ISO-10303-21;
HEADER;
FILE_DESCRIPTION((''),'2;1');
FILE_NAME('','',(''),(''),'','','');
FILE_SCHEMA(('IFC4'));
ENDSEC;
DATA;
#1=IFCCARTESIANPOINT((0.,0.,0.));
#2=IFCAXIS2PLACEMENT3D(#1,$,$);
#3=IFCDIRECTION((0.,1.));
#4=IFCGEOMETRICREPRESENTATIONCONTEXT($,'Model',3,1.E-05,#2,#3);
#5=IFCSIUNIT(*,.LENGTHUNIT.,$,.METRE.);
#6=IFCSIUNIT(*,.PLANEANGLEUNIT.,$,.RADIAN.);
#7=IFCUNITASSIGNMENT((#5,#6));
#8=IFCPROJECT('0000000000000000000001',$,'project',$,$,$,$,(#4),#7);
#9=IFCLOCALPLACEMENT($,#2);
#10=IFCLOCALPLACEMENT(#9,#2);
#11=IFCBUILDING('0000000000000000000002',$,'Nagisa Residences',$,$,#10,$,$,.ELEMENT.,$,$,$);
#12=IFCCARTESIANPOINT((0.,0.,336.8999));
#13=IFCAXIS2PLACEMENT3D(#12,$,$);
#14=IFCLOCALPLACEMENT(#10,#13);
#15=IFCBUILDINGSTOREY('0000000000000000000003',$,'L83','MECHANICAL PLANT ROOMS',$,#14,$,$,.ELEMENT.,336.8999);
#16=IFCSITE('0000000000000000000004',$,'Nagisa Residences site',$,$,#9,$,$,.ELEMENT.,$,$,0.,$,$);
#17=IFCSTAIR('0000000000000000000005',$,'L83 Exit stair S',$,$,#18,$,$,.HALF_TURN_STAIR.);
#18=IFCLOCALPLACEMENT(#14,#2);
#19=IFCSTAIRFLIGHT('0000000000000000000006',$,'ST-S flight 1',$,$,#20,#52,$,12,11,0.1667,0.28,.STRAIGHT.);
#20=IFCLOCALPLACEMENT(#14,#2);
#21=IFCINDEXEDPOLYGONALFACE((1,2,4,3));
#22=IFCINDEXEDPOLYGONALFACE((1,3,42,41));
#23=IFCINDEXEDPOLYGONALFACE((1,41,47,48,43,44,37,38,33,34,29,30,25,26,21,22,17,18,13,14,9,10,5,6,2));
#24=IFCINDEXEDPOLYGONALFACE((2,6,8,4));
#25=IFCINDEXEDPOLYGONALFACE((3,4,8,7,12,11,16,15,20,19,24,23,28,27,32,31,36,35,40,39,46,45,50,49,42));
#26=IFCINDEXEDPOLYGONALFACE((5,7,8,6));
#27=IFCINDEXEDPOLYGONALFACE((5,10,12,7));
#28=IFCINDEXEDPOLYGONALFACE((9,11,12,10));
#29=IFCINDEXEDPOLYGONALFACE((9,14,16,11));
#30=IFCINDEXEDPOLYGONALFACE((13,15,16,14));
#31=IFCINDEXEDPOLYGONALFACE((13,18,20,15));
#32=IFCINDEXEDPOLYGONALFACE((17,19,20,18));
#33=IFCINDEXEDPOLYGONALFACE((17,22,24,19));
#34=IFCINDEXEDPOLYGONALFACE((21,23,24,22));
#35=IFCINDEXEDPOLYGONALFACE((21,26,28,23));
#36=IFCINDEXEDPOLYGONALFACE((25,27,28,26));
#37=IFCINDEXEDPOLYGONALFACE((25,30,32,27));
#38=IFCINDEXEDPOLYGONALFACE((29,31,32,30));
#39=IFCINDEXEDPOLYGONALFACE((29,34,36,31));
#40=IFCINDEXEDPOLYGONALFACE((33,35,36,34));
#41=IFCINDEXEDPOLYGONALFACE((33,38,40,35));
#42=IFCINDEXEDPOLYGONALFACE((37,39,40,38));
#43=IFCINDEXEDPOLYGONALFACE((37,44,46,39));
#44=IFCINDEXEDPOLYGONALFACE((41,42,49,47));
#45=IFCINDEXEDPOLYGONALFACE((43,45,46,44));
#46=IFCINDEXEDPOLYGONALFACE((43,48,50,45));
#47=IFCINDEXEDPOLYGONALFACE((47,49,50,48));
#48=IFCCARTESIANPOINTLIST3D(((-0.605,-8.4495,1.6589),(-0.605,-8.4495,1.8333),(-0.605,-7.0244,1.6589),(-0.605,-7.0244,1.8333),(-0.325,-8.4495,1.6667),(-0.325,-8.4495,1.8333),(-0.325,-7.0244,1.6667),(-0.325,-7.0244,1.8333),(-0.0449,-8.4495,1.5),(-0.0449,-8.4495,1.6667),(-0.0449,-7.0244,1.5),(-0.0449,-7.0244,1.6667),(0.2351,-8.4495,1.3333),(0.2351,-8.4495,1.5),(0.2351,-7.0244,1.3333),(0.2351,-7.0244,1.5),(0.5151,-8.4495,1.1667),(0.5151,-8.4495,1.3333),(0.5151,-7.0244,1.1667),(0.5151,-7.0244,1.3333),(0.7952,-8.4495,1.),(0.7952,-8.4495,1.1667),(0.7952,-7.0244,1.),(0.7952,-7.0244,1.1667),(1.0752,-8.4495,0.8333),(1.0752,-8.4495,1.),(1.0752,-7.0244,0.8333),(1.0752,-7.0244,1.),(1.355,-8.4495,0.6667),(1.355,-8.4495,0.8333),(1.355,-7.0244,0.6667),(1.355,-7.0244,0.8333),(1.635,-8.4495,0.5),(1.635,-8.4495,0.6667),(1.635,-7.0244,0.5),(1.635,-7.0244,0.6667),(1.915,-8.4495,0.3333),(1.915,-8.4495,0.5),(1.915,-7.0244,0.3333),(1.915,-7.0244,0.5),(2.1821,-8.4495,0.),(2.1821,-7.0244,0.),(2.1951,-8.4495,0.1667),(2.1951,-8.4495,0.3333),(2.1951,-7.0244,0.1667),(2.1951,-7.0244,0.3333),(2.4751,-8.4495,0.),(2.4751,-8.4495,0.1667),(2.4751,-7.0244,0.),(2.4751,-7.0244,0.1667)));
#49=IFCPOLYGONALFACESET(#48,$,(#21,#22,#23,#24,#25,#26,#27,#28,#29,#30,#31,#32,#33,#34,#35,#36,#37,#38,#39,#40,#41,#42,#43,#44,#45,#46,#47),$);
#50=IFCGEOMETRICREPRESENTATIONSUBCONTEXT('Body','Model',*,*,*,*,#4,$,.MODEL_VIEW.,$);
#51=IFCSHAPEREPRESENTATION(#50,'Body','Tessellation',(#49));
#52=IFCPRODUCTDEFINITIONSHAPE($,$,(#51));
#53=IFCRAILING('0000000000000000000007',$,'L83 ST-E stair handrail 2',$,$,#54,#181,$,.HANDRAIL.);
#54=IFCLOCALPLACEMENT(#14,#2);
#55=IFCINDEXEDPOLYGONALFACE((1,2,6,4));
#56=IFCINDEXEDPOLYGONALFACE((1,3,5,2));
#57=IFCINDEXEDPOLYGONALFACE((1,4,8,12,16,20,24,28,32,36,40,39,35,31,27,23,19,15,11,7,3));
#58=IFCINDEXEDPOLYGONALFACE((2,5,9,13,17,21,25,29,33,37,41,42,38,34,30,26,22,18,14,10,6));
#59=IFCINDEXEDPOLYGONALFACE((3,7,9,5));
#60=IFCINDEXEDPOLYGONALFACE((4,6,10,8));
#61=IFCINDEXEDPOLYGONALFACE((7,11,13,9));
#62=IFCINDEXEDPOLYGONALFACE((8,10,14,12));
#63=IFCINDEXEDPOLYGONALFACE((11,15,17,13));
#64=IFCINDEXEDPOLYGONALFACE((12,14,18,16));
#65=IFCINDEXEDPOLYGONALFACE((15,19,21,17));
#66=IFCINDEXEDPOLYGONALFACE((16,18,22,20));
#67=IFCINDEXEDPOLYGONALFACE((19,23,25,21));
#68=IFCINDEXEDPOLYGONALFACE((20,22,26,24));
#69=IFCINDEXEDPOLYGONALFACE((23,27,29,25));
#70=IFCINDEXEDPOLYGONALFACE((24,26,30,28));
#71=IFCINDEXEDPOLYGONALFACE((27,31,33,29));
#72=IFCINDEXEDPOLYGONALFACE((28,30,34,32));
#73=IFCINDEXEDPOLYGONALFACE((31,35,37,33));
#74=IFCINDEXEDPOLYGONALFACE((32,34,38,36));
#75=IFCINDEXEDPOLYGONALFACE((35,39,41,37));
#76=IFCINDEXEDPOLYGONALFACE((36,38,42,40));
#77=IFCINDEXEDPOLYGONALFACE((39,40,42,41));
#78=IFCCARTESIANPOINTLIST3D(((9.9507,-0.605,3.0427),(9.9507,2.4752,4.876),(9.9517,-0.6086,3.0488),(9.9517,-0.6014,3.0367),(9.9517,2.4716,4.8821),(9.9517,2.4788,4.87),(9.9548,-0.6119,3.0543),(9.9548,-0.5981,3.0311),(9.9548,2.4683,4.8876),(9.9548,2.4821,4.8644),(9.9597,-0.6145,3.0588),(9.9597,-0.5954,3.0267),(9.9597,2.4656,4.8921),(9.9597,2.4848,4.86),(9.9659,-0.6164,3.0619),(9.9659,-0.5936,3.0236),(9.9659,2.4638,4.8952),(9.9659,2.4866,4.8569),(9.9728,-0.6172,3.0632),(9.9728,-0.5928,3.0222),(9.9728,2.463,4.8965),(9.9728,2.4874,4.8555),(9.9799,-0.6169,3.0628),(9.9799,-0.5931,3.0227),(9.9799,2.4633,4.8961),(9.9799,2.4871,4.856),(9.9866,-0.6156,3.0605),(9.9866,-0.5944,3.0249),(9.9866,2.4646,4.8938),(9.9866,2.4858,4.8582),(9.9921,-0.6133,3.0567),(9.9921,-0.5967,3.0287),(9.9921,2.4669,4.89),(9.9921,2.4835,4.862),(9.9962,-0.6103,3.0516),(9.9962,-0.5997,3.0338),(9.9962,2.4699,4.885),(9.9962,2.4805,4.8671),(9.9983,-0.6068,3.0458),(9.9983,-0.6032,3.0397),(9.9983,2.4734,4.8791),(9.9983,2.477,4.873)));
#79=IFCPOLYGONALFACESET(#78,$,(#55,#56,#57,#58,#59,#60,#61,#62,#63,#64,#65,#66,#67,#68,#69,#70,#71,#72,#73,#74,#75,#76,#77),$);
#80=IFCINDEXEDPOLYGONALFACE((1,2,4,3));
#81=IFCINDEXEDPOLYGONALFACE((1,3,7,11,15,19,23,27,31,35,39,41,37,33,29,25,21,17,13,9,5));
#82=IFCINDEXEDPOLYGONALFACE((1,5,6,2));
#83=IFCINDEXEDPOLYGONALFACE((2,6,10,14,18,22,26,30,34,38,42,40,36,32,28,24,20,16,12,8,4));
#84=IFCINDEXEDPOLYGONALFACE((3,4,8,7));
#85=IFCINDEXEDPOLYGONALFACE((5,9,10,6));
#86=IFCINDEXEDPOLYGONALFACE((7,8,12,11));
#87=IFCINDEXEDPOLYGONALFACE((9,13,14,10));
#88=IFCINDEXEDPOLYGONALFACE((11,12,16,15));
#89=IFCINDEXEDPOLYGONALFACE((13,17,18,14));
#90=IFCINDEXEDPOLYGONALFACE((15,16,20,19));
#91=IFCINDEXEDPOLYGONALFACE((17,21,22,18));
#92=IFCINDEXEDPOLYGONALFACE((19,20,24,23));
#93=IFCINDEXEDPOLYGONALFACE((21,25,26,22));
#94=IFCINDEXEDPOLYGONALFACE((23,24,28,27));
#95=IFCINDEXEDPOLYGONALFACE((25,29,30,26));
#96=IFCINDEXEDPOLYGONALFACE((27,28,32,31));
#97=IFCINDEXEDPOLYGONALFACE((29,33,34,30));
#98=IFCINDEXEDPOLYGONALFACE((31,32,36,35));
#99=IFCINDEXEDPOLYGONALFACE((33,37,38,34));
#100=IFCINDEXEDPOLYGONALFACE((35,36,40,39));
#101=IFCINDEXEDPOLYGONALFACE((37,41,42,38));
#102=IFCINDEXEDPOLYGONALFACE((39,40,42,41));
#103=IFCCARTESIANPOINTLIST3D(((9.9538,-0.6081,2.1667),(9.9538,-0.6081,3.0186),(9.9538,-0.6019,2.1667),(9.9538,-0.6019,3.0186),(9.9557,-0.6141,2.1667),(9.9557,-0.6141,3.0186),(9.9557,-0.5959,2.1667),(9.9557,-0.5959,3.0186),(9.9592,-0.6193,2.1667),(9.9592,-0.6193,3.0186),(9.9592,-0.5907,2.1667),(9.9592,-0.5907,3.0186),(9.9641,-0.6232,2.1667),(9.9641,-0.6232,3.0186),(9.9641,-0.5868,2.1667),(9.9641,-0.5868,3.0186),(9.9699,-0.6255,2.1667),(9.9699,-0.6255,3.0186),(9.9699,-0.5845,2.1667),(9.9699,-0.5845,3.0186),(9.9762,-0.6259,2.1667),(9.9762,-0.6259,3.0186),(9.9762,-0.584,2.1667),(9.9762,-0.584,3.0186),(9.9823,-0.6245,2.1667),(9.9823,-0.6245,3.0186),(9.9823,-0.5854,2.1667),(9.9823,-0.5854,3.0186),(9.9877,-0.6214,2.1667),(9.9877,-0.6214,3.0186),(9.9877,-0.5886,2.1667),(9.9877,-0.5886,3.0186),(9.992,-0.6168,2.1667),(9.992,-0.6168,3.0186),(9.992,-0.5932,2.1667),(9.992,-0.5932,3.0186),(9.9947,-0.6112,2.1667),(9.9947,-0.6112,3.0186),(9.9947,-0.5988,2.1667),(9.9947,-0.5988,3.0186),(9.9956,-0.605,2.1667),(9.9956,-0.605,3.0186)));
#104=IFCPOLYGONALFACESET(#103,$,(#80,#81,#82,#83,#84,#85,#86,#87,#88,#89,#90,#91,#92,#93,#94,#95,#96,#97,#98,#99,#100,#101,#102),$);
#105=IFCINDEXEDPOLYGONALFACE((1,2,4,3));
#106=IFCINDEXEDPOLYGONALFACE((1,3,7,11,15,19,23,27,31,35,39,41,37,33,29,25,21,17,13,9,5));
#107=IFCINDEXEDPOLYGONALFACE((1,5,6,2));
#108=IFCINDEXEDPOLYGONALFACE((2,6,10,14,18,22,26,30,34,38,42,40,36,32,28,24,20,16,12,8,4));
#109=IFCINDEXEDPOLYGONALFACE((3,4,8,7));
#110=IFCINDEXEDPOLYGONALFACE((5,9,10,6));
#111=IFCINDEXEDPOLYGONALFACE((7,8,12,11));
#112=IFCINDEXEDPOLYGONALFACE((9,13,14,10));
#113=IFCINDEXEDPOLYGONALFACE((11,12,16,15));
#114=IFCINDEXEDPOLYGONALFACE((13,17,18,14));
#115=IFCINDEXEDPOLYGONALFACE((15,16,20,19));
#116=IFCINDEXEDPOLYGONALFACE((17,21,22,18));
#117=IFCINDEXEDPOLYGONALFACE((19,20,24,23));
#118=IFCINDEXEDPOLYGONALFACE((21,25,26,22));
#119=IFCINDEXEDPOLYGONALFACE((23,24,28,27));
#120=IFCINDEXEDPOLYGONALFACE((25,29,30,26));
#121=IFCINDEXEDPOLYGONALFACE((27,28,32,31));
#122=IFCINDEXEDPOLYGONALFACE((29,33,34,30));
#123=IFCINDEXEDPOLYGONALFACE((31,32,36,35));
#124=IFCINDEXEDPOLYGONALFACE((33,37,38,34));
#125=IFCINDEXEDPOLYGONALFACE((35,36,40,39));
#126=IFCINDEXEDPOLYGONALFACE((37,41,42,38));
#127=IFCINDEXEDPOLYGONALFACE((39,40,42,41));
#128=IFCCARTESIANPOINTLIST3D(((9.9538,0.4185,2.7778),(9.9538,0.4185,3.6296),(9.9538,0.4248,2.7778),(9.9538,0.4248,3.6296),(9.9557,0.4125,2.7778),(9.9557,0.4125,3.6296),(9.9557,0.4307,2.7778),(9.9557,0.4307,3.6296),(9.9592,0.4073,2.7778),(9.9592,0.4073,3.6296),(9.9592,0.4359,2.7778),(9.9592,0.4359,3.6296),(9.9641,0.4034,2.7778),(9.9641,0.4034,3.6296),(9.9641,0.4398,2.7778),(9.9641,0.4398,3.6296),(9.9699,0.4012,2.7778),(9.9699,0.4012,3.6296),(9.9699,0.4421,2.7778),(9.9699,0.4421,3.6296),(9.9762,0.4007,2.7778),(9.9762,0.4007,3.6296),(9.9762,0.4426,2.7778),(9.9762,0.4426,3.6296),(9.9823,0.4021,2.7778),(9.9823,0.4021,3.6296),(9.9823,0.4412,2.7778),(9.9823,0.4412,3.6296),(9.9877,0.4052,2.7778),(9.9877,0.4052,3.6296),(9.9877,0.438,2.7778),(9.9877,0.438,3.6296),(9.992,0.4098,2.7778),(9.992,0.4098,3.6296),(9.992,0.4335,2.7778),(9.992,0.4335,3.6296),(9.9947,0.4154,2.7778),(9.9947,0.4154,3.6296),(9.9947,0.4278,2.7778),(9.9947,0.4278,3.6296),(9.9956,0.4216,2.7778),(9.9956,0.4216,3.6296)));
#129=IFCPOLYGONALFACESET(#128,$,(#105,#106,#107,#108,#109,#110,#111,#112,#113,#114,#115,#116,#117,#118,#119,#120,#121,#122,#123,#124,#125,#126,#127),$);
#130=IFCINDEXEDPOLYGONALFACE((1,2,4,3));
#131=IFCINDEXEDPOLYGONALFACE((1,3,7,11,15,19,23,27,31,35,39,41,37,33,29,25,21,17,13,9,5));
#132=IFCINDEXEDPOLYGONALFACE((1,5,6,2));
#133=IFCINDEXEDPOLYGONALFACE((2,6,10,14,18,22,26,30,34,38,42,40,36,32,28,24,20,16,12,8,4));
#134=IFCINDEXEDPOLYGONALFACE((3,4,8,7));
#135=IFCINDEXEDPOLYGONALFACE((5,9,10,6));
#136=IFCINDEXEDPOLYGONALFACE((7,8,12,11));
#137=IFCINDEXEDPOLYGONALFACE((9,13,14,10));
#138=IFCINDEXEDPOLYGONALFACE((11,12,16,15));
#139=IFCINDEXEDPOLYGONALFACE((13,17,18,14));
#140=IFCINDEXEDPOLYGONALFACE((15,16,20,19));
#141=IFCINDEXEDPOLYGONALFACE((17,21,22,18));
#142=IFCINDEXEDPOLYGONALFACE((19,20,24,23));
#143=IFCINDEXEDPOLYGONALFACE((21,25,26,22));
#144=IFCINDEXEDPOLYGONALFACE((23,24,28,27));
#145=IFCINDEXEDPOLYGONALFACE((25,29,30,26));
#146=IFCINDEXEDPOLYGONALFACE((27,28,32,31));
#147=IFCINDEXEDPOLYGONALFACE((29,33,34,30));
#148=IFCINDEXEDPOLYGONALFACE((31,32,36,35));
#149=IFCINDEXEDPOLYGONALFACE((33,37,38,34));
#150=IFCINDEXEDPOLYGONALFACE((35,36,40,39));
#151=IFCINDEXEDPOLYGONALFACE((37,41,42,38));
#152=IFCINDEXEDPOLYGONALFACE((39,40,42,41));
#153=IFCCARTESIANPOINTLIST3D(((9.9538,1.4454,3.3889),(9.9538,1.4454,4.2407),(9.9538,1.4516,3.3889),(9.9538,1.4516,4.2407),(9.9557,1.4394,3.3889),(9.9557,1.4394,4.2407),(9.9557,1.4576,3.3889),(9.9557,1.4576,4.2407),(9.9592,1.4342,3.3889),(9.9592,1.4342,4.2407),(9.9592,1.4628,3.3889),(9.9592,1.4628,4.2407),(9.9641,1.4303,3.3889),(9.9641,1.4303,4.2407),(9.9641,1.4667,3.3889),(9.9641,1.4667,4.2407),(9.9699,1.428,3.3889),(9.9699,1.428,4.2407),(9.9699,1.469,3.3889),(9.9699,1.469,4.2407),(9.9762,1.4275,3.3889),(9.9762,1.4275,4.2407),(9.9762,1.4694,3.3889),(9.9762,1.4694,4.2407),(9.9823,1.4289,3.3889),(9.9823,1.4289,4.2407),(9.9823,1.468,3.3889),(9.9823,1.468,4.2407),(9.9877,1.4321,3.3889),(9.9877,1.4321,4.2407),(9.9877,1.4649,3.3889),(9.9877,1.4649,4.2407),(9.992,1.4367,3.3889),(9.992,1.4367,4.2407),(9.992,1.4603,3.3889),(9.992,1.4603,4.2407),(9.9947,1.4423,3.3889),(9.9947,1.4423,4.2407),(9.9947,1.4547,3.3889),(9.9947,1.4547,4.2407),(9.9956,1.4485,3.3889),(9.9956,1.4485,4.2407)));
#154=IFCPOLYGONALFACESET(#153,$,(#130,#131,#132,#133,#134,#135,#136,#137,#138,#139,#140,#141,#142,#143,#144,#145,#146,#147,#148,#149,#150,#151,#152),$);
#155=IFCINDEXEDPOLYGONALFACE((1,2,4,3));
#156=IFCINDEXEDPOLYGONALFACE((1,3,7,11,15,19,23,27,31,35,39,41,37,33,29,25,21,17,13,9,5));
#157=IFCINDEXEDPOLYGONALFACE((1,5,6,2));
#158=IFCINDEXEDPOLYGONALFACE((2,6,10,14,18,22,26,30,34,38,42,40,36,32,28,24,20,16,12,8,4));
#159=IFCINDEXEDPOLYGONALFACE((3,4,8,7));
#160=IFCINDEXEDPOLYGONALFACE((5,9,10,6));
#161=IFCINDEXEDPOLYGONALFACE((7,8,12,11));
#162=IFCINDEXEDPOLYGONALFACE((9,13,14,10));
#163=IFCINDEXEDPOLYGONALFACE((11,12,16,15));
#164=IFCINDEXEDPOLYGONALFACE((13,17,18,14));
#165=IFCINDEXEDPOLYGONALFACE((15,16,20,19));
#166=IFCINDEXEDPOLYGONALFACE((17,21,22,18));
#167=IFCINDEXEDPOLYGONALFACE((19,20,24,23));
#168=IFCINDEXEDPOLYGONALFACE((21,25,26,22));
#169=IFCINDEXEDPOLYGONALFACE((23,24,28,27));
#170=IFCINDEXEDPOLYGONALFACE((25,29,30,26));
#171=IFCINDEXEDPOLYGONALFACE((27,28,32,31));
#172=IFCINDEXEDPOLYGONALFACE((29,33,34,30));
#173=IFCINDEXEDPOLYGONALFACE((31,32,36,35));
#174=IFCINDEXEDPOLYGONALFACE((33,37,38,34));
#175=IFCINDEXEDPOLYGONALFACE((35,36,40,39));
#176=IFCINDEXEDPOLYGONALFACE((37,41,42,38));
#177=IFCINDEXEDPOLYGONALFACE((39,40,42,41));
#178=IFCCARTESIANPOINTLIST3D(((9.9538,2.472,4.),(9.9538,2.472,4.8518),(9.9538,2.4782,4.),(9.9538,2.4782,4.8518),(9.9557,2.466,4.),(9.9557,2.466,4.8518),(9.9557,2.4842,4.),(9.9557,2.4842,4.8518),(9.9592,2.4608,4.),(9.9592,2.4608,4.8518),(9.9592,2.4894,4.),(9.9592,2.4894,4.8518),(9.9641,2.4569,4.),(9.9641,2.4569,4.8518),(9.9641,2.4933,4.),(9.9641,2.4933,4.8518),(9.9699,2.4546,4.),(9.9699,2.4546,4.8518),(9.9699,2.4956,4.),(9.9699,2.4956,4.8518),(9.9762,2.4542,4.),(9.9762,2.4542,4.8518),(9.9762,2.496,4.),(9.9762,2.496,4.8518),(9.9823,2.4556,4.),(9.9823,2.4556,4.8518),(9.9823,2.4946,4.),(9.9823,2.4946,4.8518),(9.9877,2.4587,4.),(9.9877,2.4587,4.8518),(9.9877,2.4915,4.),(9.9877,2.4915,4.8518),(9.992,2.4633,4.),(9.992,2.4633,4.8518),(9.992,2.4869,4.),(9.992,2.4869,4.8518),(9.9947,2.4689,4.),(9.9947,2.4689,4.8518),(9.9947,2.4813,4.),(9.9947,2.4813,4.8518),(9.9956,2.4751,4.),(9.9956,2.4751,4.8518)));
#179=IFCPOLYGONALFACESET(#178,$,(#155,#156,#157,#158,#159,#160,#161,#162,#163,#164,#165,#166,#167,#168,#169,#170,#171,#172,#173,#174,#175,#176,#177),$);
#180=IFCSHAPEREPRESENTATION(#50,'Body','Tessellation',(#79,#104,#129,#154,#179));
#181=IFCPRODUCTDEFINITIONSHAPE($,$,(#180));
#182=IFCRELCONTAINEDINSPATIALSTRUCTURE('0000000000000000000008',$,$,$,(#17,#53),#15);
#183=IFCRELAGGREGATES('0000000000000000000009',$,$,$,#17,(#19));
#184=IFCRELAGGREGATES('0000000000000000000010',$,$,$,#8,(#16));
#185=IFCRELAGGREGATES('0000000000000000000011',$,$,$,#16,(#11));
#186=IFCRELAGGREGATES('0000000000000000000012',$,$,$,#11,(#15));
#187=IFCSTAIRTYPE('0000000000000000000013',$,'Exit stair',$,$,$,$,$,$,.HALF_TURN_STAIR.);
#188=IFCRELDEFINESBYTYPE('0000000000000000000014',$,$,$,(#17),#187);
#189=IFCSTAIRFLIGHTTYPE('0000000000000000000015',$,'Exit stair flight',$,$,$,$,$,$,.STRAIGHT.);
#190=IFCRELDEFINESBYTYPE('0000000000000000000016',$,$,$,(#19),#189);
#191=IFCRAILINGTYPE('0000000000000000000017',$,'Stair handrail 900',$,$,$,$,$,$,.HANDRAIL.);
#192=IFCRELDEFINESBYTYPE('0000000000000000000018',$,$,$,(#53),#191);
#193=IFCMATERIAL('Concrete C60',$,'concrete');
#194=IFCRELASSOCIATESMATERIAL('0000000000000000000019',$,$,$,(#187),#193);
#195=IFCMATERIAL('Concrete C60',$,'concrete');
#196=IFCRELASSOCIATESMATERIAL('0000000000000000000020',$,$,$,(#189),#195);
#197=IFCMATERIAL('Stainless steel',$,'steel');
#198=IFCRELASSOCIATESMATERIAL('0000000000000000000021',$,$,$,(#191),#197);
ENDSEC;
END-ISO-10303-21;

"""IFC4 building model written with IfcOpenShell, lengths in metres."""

from ifc_helpers import new_model, si_unit, direction, frame, origin, origin_2d, place, context, subcontext, project, spatial, polyline, circle, outline, extrude, material, type_object, element, aggregate, save


model = new_model("IFC4")

# Units and contexts
model_context = context("Model", 3, precision=1e-05, world=origin(), true_north=direction((0.0, 1.0)))
body_context = subcontext(model_context, "Body", "Model", "MODEL_VIEW")
ifc_project = project(units=[si_unit("LENGTHUNIT", "METRE"), si_unit("PLANEANGLEUNIT", "RADIAN")], contexts=[model_context])

# Site, building, storey
site_placement = place(None, origin())
site = spatial("IfcSite", under=ifc_project, at=site_placement, Name="Nagisa Residences site", CompositionType="ELEMENT", RefElevation=0.0)
building_placement = place(site_placement, origin())
building = spatial("IfcBuilding", under=site, at=building_placement, Name="Nagisa Residences", CompositionType="ELEMENT")
storey_placement = place(building_placement, frame((0.0, 0.0, 336.8999)))
storey = spatial("IfcBuildingStorey", under=building, at=storey_placement, Name="L83", Description="MECHANICAL PLANT ROOMS", CompositionType="ELEMENT", Elevation=336.8999)

# Stair, stair flight
ifc_material_1 = material(Name="Concrete C60", Category="concrete")
stair_type = type_object("IfcStairType", Name="Exit stair", PredefinedType="HALF_TURN_STAIR", material=ifc_material_1)
ifc_material_2 = material(Name="Concrete C60", Category="concrete")
stair_flight_type = type_object("IfcStairFlightType", Name="Exit stair flight", PredefinedType="STRAIGHT", material=ifc_material_2)
stair_1_placement = place(storey_placement, origin())
stair_1 = element("IfcStair", 1, at=stair_1_placement, inside=storey, type_object=stair_type, Name="L83 Exit stair S", PredefinedType="HALF_TURN_STAIR")
stair_flight_1_placement = place(storey_placement, frame((2.4751, -7.7371, 0.0), z_axis=(0.0, 0.0, 1.0), x_axis=(-1.0, 0.0, 0.0)))
stair_flight_1 = element("IfcStairFlight", 2, at=stair_flight_1_placement, type_object=stair_flight_type, Name="ST-S flight 1", NumberOfRisers=12, NumberOfTreads=11, PredefinedType="STRAIGHT", RiserHeight=0.1667, TreadLength=0.28, context=body_context, shape_type="SweptSolid", body=[
    extrude(outline(polyline([(0.0, 0.0), (0.0, 0.1667), (0.28, 0.1667), (0.28, 0.3333), (0.5601, 0.3333), (0.5601, 0.5), (0.8401, 0.5), (0.8401, 0.6667), (1.1201, 0.6667), (1.1201, 0.8333), (1.3999, 0.8333), (1.3999, 1.0), (1.6799, 1.0), (1.6799, 1.1667), (1.96, 1.1667), (1.96, 1.3333), (2.24, 1.3333), (2.24, 1.5), (2.52, 1.5), (2.52, 1.6667), (2.8, 1.6667), (2.8, 1.8333), (3.0801, 1.8333), (3.0801, 2.0), (3.0801, 1.6589), (0.293, 0.0), (0.0, 0.0)])), frame((0.0, 0.7124, 0.0), z_axis=(0.0, -1.0, 0.0), x_axis=(1.0, 0.0, 0.0)), (0.0, 0.0, 1.0), 1.425),
])
aggregate(stair_1, [stair_flight_1])

# Railing
ifc_material_3 = material(Name="Stainless steel", Category="steel")
railing_type_1 = type_object("IfcRailingType", Name="Stair handrail 900", PredefinedType="HANDRAIL", material=ifc_material_3)
railing_1_placement = place(storey_placement, frame((9.9746, -0.605, 2.1667)))
element("IfcRailing", 3, at=railing_1_placement, inside=storey, type_object=railing_type_1, Name="L83 ST-E stair handrail 2", PredefinedType="HANDRAIL", context=body_context, shape_type="SweptSolid", body=[
    extrude(circle(Radius=0.0239, at=origin_2d()), frame((0.0, 0.0, 0.876), z_axis=(0.0, 0.859309, 0.511458), x_axis=(-1.0, 0.0, 0.0)), (0.0, 0.0, 1.0), 3.5845),
    extrude(circle(Radius=0.021, at=origin_2d()), origin(), (0.0, 0.0, 1.0), 0.8518),
    extrude(circle(Radius=0.021, at=origin_2d()), frame((0.0, 1.0266, 0.6111)), (0.0, 0.0, 1.0), 0.8518),
    extrude(circle(Radius=0.021, at=origin_2d()), frame((0.0, 2.0535, 1.2222)), (0.0, 0.0, 1.0), 0.8518),
    extrude(circle(Radius=0.021, at=origin_2d()), frame((0.0, 3.0801, 1.8333)), (0.0, 0.0, 1.0), 0.8518),
])

save(model, "model.ifc")
